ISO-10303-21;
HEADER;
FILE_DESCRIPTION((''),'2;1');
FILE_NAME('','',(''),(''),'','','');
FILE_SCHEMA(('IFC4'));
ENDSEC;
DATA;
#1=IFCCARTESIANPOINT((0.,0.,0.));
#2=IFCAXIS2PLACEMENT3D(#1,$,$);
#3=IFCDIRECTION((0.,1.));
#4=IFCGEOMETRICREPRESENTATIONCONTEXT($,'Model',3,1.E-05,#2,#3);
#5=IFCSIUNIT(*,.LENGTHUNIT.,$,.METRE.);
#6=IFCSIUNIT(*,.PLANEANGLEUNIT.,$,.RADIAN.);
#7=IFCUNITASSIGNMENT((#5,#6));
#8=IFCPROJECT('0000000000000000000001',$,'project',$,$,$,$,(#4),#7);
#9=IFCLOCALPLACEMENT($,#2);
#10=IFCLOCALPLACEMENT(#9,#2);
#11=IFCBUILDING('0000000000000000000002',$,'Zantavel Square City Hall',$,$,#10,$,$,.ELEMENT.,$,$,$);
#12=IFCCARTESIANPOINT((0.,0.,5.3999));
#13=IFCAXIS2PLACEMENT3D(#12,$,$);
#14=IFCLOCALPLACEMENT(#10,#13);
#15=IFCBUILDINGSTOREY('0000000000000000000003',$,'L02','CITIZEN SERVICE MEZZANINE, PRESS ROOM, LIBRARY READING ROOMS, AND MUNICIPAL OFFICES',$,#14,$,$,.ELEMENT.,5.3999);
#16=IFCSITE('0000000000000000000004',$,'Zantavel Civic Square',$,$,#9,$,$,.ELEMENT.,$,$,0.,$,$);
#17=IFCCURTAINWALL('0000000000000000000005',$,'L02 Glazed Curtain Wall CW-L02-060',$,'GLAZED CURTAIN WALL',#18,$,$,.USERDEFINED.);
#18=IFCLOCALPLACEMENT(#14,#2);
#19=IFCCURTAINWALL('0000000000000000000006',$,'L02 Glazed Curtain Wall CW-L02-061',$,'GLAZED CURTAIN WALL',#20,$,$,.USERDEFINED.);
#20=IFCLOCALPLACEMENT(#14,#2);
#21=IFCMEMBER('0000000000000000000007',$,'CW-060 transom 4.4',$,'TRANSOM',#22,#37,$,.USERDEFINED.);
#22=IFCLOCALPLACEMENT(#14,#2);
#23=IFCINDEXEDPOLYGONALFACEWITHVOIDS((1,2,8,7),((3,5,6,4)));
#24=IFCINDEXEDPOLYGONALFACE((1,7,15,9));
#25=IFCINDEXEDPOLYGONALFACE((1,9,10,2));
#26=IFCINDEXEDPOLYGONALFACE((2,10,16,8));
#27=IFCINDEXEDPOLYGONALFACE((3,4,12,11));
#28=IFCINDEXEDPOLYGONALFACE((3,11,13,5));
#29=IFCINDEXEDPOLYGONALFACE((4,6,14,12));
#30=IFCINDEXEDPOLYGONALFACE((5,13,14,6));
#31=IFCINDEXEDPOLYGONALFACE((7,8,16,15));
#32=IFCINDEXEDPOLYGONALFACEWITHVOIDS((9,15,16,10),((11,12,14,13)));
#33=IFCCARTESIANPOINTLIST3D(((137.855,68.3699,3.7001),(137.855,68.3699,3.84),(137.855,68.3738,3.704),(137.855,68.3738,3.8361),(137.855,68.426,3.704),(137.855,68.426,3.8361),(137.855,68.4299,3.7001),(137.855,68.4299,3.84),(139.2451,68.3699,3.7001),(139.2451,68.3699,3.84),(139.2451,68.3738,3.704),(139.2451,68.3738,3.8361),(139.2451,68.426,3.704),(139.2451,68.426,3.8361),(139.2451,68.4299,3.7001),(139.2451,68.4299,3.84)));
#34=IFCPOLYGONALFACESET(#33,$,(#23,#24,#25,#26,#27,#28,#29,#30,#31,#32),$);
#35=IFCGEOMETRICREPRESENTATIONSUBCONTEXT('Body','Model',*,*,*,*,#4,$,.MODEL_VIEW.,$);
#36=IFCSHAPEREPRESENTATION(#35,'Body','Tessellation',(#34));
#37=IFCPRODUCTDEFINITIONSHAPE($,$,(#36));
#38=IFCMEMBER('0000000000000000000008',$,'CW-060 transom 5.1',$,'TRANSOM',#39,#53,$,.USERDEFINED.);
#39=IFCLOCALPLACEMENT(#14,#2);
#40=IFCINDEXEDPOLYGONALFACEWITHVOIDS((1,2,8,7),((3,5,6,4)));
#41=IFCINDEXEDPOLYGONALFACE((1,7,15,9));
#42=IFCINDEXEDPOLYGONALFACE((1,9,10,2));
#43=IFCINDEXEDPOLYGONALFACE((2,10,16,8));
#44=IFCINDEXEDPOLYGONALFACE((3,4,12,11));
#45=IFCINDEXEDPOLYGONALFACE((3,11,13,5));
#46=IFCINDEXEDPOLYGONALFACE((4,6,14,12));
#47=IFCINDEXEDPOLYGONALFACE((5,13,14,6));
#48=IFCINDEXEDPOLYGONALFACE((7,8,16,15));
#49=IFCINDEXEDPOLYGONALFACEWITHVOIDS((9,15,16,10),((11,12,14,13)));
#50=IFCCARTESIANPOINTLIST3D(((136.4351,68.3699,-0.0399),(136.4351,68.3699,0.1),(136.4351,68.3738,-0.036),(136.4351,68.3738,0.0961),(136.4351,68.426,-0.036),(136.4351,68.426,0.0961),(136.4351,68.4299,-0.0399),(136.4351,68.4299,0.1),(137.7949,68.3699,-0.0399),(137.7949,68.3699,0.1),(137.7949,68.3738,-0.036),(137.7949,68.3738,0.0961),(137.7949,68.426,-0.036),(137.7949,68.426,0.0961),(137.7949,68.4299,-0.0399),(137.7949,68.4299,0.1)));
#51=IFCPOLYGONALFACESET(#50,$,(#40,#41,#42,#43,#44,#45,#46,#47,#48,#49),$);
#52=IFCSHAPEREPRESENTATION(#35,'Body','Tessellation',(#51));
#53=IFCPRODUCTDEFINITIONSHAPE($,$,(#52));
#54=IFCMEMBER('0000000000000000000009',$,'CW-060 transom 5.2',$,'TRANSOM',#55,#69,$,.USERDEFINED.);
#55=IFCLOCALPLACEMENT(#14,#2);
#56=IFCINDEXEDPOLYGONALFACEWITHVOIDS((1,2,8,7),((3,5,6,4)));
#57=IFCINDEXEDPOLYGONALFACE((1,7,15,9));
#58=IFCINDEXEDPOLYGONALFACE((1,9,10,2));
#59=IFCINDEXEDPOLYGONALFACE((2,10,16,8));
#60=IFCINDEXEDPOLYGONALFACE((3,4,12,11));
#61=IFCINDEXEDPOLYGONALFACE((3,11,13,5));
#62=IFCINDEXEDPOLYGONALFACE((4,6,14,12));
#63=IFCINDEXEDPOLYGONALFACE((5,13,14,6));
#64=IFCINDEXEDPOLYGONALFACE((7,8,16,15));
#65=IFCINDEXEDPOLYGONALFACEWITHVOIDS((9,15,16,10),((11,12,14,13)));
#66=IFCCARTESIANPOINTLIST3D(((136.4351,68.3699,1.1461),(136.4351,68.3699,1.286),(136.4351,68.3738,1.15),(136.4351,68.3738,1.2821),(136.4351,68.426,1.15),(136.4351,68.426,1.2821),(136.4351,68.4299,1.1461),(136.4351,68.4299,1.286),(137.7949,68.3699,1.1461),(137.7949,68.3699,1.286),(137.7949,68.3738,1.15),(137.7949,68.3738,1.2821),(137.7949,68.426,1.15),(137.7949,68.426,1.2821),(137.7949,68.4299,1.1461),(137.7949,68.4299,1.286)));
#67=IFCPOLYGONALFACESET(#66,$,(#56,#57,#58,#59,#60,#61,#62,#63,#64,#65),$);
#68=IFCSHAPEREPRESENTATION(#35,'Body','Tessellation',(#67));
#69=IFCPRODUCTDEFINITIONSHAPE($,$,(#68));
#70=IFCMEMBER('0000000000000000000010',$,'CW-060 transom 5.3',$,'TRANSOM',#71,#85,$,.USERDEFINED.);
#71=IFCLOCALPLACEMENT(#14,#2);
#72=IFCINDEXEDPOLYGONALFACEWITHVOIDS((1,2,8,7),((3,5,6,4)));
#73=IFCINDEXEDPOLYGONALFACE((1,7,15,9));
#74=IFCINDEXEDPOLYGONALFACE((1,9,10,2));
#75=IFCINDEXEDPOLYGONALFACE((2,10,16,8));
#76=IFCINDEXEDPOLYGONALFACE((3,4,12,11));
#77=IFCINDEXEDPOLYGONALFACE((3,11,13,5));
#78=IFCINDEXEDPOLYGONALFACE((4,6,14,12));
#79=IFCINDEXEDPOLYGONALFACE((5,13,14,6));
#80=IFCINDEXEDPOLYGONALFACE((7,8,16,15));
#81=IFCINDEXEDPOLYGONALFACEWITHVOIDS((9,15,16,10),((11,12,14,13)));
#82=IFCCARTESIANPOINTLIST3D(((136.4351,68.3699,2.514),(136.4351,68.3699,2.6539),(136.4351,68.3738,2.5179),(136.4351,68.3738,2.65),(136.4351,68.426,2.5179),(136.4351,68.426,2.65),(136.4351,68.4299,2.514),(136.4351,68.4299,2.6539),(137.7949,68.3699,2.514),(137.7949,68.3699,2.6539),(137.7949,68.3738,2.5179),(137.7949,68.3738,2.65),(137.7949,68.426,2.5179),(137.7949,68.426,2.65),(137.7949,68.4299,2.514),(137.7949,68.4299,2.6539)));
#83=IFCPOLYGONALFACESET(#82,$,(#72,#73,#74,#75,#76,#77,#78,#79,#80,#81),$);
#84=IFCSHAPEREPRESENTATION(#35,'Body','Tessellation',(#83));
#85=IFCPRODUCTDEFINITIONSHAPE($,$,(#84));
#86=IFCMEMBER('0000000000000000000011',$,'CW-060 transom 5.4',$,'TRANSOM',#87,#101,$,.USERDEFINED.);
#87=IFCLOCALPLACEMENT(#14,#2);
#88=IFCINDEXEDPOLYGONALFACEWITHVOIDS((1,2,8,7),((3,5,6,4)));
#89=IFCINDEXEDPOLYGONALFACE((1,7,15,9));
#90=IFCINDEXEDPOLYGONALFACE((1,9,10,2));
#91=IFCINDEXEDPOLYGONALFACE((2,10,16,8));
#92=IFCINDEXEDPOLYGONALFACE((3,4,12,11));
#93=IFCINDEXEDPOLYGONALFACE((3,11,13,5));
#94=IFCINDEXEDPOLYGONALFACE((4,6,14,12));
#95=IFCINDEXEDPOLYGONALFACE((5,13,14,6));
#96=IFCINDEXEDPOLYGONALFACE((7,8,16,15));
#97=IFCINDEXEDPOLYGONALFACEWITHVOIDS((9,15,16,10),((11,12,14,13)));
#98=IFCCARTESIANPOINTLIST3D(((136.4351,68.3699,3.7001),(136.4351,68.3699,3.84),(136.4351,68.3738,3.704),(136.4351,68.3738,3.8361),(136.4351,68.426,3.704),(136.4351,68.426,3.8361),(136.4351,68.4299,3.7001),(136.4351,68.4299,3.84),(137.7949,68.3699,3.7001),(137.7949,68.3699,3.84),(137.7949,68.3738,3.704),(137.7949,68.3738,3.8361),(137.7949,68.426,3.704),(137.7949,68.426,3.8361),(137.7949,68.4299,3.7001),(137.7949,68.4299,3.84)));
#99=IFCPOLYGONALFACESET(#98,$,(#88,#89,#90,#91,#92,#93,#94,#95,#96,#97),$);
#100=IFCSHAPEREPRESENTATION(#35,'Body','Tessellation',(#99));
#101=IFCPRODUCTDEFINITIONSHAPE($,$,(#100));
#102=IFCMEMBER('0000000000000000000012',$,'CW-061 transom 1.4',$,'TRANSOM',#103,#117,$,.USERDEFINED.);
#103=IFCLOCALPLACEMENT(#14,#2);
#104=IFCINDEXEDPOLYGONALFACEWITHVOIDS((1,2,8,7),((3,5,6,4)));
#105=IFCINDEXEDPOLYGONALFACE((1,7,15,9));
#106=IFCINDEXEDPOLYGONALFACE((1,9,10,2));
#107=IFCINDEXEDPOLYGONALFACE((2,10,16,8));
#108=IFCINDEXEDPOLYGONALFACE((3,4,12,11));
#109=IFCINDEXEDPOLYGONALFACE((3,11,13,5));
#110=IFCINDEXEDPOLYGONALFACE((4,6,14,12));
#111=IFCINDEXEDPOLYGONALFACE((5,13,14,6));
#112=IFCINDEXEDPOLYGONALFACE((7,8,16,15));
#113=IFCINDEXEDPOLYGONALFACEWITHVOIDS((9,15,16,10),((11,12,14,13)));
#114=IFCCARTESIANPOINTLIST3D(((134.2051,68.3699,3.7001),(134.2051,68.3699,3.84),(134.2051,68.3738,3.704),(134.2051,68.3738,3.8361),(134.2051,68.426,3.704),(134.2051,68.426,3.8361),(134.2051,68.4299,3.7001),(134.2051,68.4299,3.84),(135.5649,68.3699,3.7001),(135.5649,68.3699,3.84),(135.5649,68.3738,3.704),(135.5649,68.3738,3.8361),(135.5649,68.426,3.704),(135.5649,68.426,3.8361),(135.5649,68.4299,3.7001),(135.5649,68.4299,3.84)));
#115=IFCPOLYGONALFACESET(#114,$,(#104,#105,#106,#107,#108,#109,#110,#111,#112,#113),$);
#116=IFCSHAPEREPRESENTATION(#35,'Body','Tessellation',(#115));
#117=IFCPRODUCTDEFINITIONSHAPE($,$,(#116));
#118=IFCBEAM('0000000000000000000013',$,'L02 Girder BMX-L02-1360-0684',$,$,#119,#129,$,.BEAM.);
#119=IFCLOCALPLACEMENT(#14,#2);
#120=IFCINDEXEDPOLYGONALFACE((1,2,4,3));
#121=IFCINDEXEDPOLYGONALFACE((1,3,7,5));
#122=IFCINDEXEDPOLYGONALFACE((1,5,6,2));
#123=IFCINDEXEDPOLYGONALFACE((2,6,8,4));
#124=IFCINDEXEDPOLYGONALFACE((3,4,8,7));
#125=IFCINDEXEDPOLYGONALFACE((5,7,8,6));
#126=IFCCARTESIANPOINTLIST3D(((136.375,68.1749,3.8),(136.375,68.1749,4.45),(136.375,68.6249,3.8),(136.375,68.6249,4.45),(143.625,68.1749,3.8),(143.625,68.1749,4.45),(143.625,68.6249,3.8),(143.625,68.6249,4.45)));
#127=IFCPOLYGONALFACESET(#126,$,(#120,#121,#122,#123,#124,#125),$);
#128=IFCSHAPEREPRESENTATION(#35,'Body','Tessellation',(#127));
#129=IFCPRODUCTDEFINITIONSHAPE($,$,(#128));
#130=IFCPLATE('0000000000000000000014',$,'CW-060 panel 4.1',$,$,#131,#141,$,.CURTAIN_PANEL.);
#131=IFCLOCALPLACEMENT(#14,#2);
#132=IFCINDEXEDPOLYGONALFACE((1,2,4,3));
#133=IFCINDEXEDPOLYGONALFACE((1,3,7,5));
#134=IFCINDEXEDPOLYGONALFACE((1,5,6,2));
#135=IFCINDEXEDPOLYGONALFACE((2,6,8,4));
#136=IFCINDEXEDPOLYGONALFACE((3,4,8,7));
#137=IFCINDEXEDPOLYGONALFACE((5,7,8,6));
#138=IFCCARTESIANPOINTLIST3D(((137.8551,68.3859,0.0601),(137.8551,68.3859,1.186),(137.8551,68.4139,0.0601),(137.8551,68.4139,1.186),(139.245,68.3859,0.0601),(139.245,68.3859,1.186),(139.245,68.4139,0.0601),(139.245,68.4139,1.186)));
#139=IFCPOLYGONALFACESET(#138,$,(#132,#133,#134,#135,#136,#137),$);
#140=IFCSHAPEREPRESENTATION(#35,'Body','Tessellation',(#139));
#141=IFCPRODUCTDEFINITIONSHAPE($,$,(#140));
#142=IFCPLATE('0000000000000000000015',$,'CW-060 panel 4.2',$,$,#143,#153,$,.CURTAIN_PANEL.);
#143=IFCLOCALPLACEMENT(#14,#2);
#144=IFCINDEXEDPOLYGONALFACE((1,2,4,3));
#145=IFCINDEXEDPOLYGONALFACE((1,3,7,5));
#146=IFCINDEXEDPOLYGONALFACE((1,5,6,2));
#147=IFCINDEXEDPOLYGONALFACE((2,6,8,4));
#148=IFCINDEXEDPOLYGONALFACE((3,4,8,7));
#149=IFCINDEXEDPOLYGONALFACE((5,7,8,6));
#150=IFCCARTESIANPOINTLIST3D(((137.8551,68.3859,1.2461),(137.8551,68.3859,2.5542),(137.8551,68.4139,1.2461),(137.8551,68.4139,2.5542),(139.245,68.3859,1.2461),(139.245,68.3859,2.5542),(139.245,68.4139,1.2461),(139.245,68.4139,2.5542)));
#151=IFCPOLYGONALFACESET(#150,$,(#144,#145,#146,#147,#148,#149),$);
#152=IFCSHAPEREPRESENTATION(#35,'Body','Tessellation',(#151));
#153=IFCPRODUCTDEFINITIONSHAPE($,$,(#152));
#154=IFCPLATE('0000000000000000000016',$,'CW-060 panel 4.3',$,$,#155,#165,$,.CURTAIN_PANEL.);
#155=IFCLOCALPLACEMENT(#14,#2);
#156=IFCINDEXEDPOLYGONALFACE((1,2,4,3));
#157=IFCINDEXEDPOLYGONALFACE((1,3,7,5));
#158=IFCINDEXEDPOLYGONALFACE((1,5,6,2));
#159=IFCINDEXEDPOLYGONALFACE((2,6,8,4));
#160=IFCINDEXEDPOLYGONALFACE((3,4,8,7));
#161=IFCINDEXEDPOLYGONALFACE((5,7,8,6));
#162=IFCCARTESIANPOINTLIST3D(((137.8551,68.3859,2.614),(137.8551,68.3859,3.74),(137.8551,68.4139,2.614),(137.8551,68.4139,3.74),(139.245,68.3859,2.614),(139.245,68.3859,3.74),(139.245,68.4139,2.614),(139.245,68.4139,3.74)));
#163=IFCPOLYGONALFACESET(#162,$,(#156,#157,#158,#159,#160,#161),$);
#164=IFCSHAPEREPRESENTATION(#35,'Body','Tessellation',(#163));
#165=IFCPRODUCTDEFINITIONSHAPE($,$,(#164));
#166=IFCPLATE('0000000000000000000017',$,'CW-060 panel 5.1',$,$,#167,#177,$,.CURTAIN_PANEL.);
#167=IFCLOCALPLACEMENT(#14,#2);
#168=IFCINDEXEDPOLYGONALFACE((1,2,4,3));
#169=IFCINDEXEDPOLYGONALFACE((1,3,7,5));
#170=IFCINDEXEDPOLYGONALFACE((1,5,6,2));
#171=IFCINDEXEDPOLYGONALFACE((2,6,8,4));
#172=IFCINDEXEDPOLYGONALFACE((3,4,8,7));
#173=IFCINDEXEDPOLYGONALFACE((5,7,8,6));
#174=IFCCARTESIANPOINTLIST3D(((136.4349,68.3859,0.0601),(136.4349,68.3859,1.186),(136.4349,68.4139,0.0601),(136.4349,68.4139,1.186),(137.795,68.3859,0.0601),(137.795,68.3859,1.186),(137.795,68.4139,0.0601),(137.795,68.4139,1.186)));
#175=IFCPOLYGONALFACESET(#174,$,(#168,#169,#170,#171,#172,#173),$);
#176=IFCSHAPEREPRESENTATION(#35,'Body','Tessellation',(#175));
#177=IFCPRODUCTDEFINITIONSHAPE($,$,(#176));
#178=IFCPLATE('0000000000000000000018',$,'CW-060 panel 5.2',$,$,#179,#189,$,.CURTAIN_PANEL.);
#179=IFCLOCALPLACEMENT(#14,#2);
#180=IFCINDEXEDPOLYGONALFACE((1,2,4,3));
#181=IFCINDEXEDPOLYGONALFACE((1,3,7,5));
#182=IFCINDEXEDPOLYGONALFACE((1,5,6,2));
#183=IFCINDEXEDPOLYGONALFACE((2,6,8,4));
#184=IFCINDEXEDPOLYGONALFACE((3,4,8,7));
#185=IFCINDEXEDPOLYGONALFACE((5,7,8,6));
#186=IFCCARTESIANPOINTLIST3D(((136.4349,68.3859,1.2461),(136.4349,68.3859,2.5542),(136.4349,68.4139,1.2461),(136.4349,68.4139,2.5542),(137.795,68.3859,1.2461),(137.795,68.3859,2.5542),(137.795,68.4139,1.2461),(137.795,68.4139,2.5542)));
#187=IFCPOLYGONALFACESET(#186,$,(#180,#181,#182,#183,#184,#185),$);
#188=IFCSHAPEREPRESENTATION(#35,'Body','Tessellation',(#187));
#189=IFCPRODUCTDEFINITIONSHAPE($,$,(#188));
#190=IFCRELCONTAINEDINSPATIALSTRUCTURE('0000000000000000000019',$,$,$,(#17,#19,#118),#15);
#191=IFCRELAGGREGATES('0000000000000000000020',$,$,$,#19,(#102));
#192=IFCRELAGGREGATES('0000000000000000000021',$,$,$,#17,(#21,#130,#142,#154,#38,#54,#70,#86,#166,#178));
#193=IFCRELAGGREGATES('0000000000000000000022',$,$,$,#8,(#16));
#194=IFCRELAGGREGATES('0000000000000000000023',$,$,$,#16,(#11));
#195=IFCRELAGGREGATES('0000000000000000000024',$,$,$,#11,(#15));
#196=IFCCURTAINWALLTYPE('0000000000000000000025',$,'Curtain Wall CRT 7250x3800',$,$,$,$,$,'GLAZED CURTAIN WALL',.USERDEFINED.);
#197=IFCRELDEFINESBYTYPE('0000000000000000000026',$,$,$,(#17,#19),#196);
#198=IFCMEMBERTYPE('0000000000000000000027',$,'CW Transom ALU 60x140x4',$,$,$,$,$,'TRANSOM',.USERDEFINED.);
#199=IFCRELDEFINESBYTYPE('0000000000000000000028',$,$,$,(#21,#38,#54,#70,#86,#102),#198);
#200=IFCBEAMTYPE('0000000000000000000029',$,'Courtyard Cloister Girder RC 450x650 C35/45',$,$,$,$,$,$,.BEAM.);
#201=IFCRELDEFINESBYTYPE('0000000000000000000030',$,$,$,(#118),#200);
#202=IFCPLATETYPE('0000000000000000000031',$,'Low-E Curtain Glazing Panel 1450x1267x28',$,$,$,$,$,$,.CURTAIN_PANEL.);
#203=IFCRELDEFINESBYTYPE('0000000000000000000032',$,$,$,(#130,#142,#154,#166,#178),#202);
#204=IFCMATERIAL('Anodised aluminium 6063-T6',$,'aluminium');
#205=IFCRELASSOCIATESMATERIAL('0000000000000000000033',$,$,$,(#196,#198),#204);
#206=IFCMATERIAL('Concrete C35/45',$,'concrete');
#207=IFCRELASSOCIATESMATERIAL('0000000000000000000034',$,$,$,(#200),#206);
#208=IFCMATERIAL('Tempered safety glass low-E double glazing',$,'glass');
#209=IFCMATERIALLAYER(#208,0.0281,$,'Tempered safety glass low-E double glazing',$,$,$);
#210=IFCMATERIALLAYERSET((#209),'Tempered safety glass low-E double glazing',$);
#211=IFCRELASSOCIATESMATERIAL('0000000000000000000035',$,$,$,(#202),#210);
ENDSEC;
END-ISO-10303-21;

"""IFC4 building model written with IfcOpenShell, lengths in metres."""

from ifc_helpers import new_model, si_unit, direction, frame, origin, origin_2d, place, context, subcontext, project, spatial, rectangle, hollow_rectangle, extrude, material, layer, layer_set, material_profile, profile_set, type_object, element, aggregate, save


model = new_model("IFC4")

# Units and contexts
model_context = context("Model", 3, precision=1e-05, world=origin(), true_north=direction((0.0, 1.0)))
body_context = subcontext(model_context, "Body", "Model", "MODEL_VIEW")
ifc_project = project(units=[si_unit("LENGTHUNIT", "METRE"), si_unit("PLANEANGLEUNIT", "RADIAN")], contexts=[model_context])

# Site, building, storey
site_placement = place(None, origin())
site = spatial("IfcSite", under=ifc_project, at=site_placement, Name="Zantavel Civic Square", CompositionType="ELEMENT", RefElevation=0.0)
building_placement = place(site_placement, origin())
building = spatial("IfcBuilding", under=site, at=building_placement, Name="Zantavel Square City Hall", CompositionType="ELEMENT")
storey_placement = place(building_placement, frame((0.0, 0.0, 5.3999)))
storey = spatial("IfcBuildingStorey", under=building, at=storey_placement, Name="L02", Description="CITIZEN SERVICE MEZZANINE, PRESS ROOM, LIBRARY READING ROOMS, AND MUNICIPAL OFFICES", CompositionType="ELEMENT", Elevation=5.3999)

# Curtain wall
ifc_material_1 = material(Name="Anodised aluminium 6063-T6", Category="aluminium")
curtain_wall_type = type_object("IfcCurtainWallType", Name="Curtain Wall CRT 7250x3800", ElementType="GLAZED CURTAIN WALL", PredefinedType="USERDEFINED", material=ifc_material_1)
curtain_wall_1_placement = place(storey_placement, origin())
curtain_wall_1 = element("IfcCurtainWall", 1, at=curtain_wall_1_placement, inside=storey, type_object=curtain_wall_type, Name="L02 Glazed Curtain Wall CW-L02-060", ObjectType="GLAZED CURTAIN WALL", PredefinedType="USERDEFINED")

# Curtain wall
curtain_wall_2_placement = place(storey_placement, origin())
curtain_wall_2 = element("IfcCurtainWall", 2, at=curtain_wall_2_placement, inside=storey, type_object=curtain_wall_type, Name="L02 Glazed Curtain Wall CW-L02-061", ObjectType="GLAZED CURTAIN WALL", PredefinedType="USERDEFINED")

# Members
ifc_material_profile_1 = material_profile(ifc_material_1, hollow_rectangle(XDim=0.0601, YDim=0.1399, WallThickness=0.0039, at=origin_2d()), Name="ALU 60x140x4")
ifc_profile_set_1 = profile_set([ifc_material_profile_1], Name="Anodised aluminium 6063-T6")
member_type_1 = type_object("IfcMemberType", Name="CW Transom ALU 60x140x4", ElementType="TRANSOM", PredefinedType="USERDEFINED", material=ifc_profile_set_1)
member_1_placement = place(storey_placement, frame((139.2451, 68.3999, 3.77), z_axis=(-1.0, 0.0, 0.0), x_axis=(0.0, -1.0, 0.0)))
member_1 = element("IfcMember", 3, at=member_1_placement, type_object=member_type_1, Name="CW-060 transom 4.4", ObjectType="TRANSOM", PredefinedType="USERDEFINED", context=body_context, shape_type="SweptSolid", body=[
    extrude(hollow_rectangle(XDim=0.0601, YDim=0.1399, WallThickness=0.0039, at=origin_2d()), origin(), (0.0, 0.0, 1.0), 1.3901),
])
member_2_placement = place(storey_placement, frame((137.7949, 68.3999, 0.03), z_axis=(-1.0, 0.0, 0.0), x_axis=(0.0, -1.0, 0.0)))
member_2 = element("IfcMember", 4, at=member_2_placement, type_object=member_type_1, Name="CW-060 transom 5.1", ObjectType="TRANSOM", PredefinedType="USERDEFINED", context=body_context, shape_type="SweptSolid", body=[
    extrude(hollow_rectangle(XDim=0.0601, YDim=0.1399, WallThickness=0.0039, at=origin_2d()), origin(), (0.0, 0.0, 1.0), 1.3599),
])
member_3_placement = place(storey_placement, frame((137.7949, 68.3999, 1.2161), z_axis=(-1.0, 0.0, 0.0), x_axis=(0.0, -1.0, 0.0)))
member_3 = element("IfcMember", 5, at=member_3_placement, type_object=member_type_1, Name="CW-060 transom 5.2", ObjectType="TRANSOM", PredefinedType="USERDEFINED", context=body_context, shape_type="SweptSolid", body=[
    extrude(hollow_rectangle(XDim=0.0601, YDim=0.1399, WallThickness=0.0039, at=origin_2d()), origin(), (0.0, 0.0, 1.0), 1.3599),
])
member_4_placement = place(storey_placement, frame((137.7949, 68.3999, 2.584), z_axis=(-1.0, 0.0, 0.0), x_axis=(0.0, -1.0, 0.0)))
member_4 = element("IfcMember", 6, at=member_4_placement, type_object=member_type_1, Name="CW-060 transom 5.3", ObjectType="TRANSOM", PredefinedType="USERDEFINED", context=body_context, shape_type="SweptSolid", body=[
    extrude(hollow_rectangle(XDim=0.0601, YDim=0.1399, WallThickness=0.0039, at=origin_2d()), origin(), (0.0, 0.0, 1.0), 1.3599),
])
member_5_placement = place(storey_placement, frame((137.7949, 68.3999, 3.77), z_axis=(-1.0, 0.0, 0.0), x_axis=(0.0, -1.0, 0.0)))
member_5 = element("IfcMember", 7, at=member_5_placement, type_object=member_type_1, Name="CW-060 transom 5.4", ObjectType="TRANSOM", PredefinedType="USERDEFINED", context=body_context, shape_type="SweptSolid", body=[
    extrude(hollow_rectangle(XDim=0.0601, YDim=0.1399, WallThickness=0.0039, at=origin_2d()), origin(), (0.0, 0.0, 1.0), 1.3599),
])
member_6_placement = place(storey_placement, frame((135.5649, 68.3999, 3.77), z_axis=(-1.0, 0.0, 0.0), x_axis=(0.0, -1.0, 0.0)))
member_6 = element("IfcMember", 8, at=member_6_placement, type_object=member_type_1, Name="CW-061 transom 1.4", ObjectType="TRANSOM", PredefinedType="USERDEFINED", context=body_context, shape_type="SweptSolid", body=[
    extrude(hollow_rectangle(XDim=0.0601, YDim=0.1399, WallThickness=0.0039, at=origin_2d()), origin(), (0.0, 0.0, 1.0), 1.3599),
])
aggregate(curtain_wall_2, [member_6])

# Beam
ifc_material_2 = material(Name="Concrete C35/45", Category="concrete")
ifc_material_profile_2 = material_profile(ifc_material_2, rectangle(XDim=0.45, YDim=0.6499, at=origin_2d()), Name="RC 450x650")
ifc_profile_set_2 = profile_set([ifc_material_profile_2], Name="Concrete C35/45")
beam_type = type_object("IfcBeamType", Name="Courtyard Cloister Girder RC 450x650 C35/45", PredefinedType="BEAM", material=ifc_profile_set_2)
beam_placement = place(storey_placement, frame((136.375, 68.3999, 4.125), z_axis=(1.0, 0.0, 0.0), x_axis=(0.0, 1.0, 0.0)))
element("IfcBeam", 9, at=beam_placement, inside=storey, type_object=beam_type, Name="L02 Girder BMX-L02-1360-0684", PredefinedType="BEAM", context=body_context, shape_type="SweptSolid", body=[
    extrude(rectangle(XDim=0.45, YDim=0.6499, at=origin_2d()), origin(), (0.0, 0.0, 1.0), 7.25),
])

# Plates
ifc_material_3 = material(Name="Tempered safety glass low-E double glazing", Category="glass")
ifc_layer = layer(ifc_material_3, 0.0281, Name="Tempered safety glass low-E double glazing")
ifc_layer_set = layer_set([ifc_layer], Name="Tempered safety glass low-E double glazing")
plate_type = type_object("IfcPlateType", Name="Low-E Curtain Glazing Panel 1450x1267x28", PredefinedType="CURTAIN_PANEL", material=ifc_layer_set)
plate_1_placement = place(storey_placement, frame((138.55, 68.3999, 0.0601), z_axis=(0.0, 0.0, 1.0), x_axis=(-1.0, 0.0, 0.0)))
plate_1 = element("IfcPlate", 10, at=plate_1_placement, type_object=plate_type, Name="CW-060 panel 4.1", PredefinedType="CURTAIN_PANEL", context=body_context, shape_type="SweptSolid", body=[
    extrude(rectangle(XDim=1.3899, YDim=0.0281, at=origin_2d()), origin(), (0.0, 0.0, 1.0), 1.126),
])
plate_2_placement = place(storey_placement, frame((138.55, 68.3999, 1.2461), z_axis=(0.0, 0.0, 1.0), x_axis=(-1.0, 0.0, 0.0)))
plate_2 = element("IfcPlate", 11, at=plate_2_placement, type_object=plate_type, Name="CW-060 panel 4.2", PredefinedType="CURTAIN_PANEL", context=body_context, shape_type="SweptSolid", body=[
    extrude(rectangle(XDim=1.3899, YDim=0.0281, at=origin_2d()), origin(), (0.0, 0.0, 1.0), 1.3081),
])
plate_3_placement = place(storey_placement, frame((138.55, 68.3999, 2.614), z_axis=(0.0, 0.0, 1.0), x_axis=(-1.0, 0.0, 0.0)))
plate_3 = element("IfcPlate", 12, at=plate_3_placement, type_object=plate_type, Name="CW-060 panel 4.3", PredefinedType="CURTAIN_PANEL", context=body_context, shape_type="SweptSolid", body=[
    extrude(rectangle(XDim=1.3899, YDim=0.0281, at=origin_2d()), origin(), (0.0, 0.0, 1.0), 1.126),
])
plate_4_placement = place(storey_placement, frame((137.115, 68.3999, 0.0601), z_axis=(0.0, 0.0, 1.0), x_axis=(-1.0, 0.0, 0.0)))
plate_4 = element("IfcPlate", 13, at=plate_4_placement, type_object=plate_type, Name="CW-060 panel 5.1", PredefinedType="CURTAIN_PANEL", context=body_context, shape_type="SweptSolid", body=[
    extrude(rectangle(XDim=1.3601, YDim=0.0281, at=origin_2d()), origin(), (0.0, 0.0, 1.0), 1.126),
])
plate_5_placement = place(storey_placement, frame((137.115, 68.3999, 1.2461), z_axis=(0.0, 0.0, 1.0), x_axis=(-1.0, 0.0, 0.0)))
plate_5 = element("IfcPlate", 14, at=plate_5_placement, type_object=plate_type, Name="CW-060 panel 5.2", PredefinedType="CURTAIN_PANEL", context=body_context, shape_type="SweptSolid", body=[
    extrude(rectangle(XDim=1.3601, YDim=0.0281, at=origin_2d()), origin(), (0.0, 0.0, 1.0), 1.3081),
])
aggregate(curtain_wall_1, [member_1, plate_1, plate_2, plate_3, member_2, member_3, member_4, member_5, plate_4, plate_5])

save(model, "model.ifc")
